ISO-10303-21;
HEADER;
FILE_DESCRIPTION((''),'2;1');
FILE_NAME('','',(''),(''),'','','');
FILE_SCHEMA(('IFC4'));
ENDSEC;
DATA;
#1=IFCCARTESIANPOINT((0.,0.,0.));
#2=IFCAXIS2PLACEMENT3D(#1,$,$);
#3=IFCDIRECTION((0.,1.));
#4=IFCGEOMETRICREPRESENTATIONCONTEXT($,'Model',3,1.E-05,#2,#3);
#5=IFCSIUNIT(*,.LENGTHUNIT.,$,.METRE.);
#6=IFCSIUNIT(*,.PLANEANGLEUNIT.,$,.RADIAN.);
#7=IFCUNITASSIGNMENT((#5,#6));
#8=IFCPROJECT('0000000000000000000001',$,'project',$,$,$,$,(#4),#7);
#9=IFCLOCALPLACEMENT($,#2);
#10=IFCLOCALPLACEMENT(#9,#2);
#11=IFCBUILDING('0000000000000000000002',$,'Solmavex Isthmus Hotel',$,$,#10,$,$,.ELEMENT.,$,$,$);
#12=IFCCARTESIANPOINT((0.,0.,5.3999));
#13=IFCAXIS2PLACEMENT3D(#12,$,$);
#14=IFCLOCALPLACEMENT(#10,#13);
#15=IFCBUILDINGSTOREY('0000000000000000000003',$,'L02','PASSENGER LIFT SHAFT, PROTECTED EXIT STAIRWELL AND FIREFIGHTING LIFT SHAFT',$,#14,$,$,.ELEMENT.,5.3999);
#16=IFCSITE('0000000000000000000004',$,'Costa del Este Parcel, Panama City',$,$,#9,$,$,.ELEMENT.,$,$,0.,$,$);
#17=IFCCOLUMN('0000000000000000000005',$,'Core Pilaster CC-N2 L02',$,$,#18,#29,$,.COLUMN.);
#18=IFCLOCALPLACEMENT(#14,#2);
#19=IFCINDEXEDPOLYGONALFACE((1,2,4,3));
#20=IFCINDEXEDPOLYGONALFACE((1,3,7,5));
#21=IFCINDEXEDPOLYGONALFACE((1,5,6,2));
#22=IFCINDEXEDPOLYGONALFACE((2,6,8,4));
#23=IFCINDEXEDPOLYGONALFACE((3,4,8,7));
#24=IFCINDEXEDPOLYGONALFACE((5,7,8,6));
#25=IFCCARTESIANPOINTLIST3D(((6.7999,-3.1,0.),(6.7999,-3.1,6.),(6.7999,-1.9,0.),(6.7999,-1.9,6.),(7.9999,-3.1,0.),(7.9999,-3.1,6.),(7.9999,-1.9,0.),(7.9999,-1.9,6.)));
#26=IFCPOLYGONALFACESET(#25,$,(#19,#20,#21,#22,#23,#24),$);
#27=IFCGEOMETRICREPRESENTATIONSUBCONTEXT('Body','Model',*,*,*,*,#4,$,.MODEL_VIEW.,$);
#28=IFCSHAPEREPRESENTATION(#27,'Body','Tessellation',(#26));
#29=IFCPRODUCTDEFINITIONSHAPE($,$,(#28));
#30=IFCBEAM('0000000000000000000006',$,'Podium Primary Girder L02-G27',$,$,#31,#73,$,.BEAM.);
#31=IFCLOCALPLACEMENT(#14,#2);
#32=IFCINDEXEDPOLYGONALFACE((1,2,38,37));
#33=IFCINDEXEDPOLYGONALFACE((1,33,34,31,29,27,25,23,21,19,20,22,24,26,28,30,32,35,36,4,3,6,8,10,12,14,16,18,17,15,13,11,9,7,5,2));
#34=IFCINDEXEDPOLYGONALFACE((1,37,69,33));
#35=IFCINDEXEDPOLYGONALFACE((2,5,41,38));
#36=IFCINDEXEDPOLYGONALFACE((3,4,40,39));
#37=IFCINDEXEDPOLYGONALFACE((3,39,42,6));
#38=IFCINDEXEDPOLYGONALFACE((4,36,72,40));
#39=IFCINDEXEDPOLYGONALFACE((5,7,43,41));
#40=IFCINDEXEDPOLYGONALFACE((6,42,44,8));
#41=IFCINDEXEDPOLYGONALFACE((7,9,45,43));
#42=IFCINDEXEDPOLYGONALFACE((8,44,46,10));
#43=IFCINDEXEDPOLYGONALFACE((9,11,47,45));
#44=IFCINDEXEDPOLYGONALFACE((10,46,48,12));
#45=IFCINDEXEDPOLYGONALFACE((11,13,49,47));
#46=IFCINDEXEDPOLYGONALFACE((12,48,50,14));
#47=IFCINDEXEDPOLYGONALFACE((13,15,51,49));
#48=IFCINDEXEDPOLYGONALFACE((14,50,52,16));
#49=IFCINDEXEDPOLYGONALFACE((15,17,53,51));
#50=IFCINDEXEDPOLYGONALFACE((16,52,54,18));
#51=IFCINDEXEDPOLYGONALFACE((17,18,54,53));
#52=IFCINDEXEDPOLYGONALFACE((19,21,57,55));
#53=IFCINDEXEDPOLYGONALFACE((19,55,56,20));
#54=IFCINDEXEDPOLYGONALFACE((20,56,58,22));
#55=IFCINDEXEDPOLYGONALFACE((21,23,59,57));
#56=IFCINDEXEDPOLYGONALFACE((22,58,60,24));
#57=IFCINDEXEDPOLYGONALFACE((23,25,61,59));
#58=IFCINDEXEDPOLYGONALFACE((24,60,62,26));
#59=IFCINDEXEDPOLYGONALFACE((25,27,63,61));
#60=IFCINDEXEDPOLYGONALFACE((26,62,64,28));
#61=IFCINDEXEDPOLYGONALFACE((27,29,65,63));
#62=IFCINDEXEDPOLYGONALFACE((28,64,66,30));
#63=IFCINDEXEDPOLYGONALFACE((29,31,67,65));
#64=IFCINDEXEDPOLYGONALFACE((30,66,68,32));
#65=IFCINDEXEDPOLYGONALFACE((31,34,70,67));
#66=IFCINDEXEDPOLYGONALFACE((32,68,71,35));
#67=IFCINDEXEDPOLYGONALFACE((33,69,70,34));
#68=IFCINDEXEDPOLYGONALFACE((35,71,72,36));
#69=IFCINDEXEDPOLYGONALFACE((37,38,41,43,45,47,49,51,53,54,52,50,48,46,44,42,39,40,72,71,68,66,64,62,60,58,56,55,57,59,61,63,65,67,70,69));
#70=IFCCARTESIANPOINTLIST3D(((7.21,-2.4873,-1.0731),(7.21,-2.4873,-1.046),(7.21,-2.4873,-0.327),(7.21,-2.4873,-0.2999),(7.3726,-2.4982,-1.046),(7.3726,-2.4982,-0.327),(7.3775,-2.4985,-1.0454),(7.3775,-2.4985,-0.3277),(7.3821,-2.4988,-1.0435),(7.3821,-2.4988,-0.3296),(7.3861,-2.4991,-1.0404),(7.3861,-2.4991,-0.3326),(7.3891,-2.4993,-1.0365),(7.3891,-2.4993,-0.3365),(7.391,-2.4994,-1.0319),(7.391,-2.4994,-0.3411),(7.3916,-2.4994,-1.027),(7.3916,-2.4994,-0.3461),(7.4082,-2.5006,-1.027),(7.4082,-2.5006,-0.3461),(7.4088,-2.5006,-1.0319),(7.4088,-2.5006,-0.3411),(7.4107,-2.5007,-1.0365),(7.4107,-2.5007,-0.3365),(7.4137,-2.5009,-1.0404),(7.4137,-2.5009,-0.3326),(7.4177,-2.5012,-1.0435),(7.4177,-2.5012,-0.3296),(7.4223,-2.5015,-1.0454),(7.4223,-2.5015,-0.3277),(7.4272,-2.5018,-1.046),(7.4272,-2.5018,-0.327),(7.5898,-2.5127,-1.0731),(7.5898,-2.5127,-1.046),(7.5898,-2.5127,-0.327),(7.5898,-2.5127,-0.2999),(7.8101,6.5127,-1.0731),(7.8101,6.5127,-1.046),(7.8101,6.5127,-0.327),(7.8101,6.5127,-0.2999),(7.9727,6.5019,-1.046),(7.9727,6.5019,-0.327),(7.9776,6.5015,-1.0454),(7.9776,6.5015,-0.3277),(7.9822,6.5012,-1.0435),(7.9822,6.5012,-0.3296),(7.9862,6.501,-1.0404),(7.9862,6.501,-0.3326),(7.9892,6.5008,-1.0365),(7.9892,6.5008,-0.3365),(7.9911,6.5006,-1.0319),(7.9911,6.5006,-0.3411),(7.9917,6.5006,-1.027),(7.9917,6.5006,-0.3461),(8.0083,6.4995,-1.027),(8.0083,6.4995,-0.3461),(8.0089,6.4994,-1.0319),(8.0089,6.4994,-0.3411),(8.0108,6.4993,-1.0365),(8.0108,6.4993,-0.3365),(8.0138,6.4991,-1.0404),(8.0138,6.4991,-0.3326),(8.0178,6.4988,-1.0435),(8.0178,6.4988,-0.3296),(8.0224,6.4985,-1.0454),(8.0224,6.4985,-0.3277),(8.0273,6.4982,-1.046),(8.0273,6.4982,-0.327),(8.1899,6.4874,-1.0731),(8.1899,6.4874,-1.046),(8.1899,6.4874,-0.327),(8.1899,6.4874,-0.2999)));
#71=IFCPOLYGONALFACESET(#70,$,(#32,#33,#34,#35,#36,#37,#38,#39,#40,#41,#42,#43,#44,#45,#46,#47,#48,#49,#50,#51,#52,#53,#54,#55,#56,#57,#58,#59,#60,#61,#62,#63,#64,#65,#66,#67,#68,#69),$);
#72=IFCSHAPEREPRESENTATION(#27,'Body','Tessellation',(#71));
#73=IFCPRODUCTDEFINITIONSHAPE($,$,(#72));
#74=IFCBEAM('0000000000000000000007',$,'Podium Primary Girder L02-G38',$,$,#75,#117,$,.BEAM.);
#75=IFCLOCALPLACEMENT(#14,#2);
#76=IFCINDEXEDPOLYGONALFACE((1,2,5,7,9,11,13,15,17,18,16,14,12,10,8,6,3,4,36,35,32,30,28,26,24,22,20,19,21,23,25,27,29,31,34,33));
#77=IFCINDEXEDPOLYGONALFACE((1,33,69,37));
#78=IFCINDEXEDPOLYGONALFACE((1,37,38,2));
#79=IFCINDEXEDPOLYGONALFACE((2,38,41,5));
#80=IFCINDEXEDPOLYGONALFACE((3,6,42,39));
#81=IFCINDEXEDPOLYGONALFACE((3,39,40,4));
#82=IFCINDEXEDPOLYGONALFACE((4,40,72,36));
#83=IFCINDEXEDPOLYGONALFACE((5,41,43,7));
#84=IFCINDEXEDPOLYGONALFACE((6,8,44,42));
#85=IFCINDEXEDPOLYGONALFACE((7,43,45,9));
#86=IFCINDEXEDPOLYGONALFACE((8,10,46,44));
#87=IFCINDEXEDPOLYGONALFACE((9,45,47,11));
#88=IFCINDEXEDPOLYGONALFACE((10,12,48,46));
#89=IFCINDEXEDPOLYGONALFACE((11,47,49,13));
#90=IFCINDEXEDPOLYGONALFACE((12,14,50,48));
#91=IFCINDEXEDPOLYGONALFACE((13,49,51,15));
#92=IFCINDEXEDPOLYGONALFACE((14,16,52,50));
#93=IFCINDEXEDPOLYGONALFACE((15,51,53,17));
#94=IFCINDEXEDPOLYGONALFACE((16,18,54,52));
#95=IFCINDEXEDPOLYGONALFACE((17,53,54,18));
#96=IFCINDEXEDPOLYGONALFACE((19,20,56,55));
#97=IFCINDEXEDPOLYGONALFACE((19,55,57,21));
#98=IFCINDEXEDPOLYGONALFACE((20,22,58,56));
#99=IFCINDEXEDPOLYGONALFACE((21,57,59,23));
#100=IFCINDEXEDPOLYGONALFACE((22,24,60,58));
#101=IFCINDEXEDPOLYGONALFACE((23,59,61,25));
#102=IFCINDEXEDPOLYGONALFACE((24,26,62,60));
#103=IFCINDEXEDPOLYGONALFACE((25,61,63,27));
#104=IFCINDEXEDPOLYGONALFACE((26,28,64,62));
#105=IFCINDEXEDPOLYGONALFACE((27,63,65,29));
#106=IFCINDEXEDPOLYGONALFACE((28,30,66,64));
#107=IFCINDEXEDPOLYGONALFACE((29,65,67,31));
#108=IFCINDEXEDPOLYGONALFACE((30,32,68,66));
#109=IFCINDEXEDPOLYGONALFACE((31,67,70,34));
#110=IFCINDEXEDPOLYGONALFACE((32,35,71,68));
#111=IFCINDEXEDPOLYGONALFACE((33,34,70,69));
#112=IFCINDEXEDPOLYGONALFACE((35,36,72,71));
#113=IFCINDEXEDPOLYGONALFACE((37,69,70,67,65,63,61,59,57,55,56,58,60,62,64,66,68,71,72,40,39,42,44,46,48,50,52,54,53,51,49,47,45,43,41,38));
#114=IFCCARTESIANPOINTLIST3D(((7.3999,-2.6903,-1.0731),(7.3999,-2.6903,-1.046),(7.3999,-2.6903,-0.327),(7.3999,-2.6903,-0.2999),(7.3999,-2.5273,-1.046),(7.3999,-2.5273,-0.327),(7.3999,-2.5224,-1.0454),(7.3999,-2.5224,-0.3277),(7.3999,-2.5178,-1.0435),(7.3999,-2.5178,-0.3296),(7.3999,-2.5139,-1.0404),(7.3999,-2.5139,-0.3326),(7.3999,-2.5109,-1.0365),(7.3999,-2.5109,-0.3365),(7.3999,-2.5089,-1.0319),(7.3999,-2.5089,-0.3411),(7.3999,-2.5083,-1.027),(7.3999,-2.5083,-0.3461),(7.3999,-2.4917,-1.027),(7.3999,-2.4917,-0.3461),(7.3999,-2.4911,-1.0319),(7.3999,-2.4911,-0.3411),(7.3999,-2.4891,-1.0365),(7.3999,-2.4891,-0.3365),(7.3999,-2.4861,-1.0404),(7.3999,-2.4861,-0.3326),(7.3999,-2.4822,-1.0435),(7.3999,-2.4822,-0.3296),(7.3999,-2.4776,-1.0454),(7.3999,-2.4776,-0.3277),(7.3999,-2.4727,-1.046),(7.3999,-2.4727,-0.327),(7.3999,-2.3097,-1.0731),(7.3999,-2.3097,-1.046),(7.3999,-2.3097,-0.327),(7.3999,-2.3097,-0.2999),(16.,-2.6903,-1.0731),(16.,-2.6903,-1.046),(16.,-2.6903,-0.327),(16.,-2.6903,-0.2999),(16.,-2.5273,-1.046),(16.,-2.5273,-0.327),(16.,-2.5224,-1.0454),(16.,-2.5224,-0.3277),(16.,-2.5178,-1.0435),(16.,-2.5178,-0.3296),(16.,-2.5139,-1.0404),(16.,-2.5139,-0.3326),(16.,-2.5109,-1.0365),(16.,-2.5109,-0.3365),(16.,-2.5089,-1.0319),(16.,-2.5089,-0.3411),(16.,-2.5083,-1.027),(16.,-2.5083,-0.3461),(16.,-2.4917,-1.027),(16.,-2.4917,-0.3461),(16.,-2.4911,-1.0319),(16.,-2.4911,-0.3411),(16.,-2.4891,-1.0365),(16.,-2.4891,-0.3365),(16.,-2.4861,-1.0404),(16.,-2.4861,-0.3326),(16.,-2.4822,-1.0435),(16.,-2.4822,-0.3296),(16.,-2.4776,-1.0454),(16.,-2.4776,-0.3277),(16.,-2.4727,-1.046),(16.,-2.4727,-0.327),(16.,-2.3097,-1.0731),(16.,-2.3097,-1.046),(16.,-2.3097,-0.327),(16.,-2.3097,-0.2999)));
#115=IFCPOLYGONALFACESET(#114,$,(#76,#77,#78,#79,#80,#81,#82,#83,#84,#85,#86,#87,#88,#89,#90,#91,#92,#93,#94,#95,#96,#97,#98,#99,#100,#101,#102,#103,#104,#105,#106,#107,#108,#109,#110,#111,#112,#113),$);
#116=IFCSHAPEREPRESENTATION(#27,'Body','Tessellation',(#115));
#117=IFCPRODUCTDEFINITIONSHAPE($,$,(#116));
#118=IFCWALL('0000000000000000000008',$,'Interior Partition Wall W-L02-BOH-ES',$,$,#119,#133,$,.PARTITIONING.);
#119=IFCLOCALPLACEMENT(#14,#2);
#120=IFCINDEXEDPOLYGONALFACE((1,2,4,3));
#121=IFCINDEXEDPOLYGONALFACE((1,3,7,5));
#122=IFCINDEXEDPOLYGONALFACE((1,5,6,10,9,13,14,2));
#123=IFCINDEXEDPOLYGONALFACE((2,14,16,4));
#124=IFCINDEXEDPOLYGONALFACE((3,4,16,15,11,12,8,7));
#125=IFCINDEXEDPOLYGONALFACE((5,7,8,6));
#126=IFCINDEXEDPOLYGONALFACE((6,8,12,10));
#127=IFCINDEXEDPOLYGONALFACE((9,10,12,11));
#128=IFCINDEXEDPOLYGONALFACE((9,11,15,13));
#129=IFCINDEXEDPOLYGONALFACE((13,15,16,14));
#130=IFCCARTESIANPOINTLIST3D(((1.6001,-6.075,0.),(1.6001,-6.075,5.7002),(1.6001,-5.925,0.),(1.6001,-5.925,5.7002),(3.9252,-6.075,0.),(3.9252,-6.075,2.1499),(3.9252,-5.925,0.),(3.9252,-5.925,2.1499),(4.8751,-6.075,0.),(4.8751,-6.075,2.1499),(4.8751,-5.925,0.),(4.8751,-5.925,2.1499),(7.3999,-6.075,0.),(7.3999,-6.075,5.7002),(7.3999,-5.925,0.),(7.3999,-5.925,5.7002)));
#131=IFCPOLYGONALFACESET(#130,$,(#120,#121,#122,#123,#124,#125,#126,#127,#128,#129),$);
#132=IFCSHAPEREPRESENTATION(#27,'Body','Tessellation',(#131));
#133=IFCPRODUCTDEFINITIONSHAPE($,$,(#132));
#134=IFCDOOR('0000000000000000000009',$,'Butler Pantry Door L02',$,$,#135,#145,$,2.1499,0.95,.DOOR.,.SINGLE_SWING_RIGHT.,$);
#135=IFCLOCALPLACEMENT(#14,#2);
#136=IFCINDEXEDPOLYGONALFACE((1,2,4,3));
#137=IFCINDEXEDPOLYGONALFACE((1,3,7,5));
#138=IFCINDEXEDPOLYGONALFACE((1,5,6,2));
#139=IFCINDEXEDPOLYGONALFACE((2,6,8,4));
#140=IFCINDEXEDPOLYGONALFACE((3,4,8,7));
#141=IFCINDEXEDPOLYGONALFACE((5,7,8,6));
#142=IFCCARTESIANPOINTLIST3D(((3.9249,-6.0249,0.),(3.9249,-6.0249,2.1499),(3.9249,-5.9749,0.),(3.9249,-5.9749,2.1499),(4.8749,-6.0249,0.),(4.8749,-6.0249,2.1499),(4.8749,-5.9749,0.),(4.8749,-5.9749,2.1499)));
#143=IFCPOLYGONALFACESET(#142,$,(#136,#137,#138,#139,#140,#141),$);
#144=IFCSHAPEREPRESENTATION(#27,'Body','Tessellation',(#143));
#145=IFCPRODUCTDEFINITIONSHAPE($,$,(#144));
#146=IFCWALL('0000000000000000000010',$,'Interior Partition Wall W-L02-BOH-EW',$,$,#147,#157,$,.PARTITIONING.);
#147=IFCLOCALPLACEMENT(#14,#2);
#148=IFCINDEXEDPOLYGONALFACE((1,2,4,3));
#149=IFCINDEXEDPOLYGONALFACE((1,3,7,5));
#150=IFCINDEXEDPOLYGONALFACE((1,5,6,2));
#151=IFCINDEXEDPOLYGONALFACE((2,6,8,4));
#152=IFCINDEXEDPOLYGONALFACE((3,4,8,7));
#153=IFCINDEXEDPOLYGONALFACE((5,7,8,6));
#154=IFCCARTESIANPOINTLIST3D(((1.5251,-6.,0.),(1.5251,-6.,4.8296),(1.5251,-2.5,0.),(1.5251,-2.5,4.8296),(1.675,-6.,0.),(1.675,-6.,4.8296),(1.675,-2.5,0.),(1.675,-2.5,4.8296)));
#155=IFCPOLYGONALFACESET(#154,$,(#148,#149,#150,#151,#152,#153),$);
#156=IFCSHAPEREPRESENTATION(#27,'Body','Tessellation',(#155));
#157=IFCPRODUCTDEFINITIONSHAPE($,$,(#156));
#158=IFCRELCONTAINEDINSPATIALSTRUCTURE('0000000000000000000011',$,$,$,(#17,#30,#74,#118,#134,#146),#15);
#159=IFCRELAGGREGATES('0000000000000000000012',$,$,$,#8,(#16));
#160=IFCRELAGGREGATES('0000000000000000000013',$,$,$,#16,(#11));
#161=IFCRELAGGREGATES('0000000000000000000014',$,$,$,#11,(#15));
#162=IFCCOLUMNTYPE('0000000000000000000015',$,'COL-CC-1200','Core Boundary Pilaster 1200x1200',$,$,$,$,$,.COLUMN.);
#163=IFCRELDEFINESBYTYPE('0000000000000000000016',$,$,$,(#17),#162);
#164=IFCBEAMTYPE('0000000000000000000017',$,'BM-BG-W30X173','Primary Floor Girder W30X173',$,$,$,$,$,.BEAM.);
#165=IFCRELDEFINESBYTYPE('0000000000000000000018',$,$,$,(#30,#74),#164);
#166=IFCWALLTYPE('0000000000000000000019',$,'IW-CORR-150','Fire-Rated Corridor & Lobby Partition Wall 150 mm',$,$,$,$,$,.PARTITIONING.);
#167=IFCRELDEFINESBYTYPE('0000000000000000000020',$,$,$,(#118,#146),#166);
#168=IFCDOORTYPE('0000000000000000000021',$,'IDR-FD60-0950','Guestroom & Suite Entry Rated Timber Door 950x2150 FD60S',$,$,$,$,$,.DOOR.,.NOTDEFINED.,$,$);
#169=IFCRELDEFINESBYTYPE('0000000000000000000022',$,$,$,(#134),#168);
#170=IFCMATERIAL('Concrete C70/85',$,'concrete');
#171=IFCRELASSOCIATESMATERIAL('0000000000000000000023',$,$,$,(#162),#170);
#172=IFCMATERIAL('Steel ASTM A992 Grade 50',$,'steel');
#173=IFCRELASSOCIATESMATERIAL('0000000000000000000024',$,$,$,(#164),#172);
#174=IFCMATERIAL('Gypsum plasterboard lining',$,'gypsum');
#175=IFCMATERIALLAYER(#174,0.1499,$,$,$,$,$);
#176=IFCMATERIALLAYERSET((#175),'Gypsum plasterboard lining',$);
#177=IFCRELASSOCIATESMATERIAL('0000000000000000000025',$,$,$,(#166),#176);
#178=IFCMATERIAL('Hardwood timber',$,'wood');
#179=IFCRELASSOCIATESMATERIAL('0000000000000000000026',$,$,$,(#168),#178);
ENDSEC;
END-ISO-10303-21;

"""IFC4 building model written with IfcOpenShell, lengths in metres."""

from ifc_helpers import new_model, si_unit, direction, frame, frame_2d, origin, origin_2d, place, context, subcontext, project, spatial, rectangle, i_section, extrude, material, layer, layer_set, material_profile, profile_set, type_object, element, fill, save


model = new_model("IFC4")

# Units and contexts
model_context = context("Model", 3, precision=1e-05, world=origin(), true_north=direction((0.0, 1.0)))
body_context = subcontext(model_context, "Body", "Model", "MODEL_VIEW")
ifc_project = project(units=[si_unit("LENGTHUNIT", "METRE"), si_unit("PLANEANGLEUNIT", "RADIAN")], contexts=[model_context])

# Site, building, storey
site_placement = place(None, origin())
site = spatial("IfcSite", under=ifc_project, at=site_placement, Name="Costa del Este Parcel, Panama City", CompositionType="ELEMENT", RefElevation=0.0)
building_placement = place(site_placement, origin())
building = spatial("IfcBuilding", under=site, at=building_placement, Name="Solmavex Isthmus Hotel", CompositionType="ELEMENT")
storey_placement = place(building_placement, frame((0.0, 0.0, 5.3999)))
storey = spatial("IfcBuildingStorey", under=building, at=storey_placement, Name="L02", Description="PASSENGER LIFT SHAFT, PROTECTED EXIT STAIRWELL AND FIREFIGHTING LIFT SHAFT", CompositionType="ELEMENT", Elevation=5.3999)

# Column
ifc_material_1 = material(Name="Concrete C70/85", Category="concrete")
ifc_material_profile_1 = material_profile(ifc_material_1, rectangle(XDim=1.2, YDim=1.2, at=origin_2d()), Name="RC1200X1200")
ifc_profile_set_1 = profile_set([ifc_material_profile_1], Name="Concrete C70/85")
column_type = type_object("IfcColumnType", Name="COL-CC-1200", Description="Core Boundary Pilaster 1200x1200", PredefinedType="COLUMN", material=ifc_profile_set_1)
column_placement = place(storey_placement, frame((7.3999, -2.5, 0.0), z_axis=(0.0, 0.0, 1.0), x_axis=(1.0, 0.0, 0.0)))
element("IfcColumn", 1, at=column_placement, inside=storey, type_object=column_type, Name="Core Pilaster CC-N2 L02", PredefinedType="COLUMN", context=body_context, shape_type="SweptSolid", body=[
    extrude(rectangle(XDim=1.2, YDim=1.2, at=origin_2d()), origin(), (0.0, 0.0, 1.0), 6.0),
])

# Beams
ifc_material_2 = material(Name="Steel ASTM A992 Grade 50", Category="steel")
ifc_material_profile_2 = material_profile(ifc_material_2, i_section(OverallWidth=0.3806, OverallDepth=0.7732, WebThickness=0.0166, FlangeThickness=0.0271, FilletRadius=0.019, at=origin_2d()), Name="W30X173")
ifc_profile_set_2 = profile_set([ifc_material_profile_2], Name="Steel ASTM A992 Grade 50")
beam_type = type_object("IfcBeamType", Name="BM-BG-W30X173", Description="Primary Floor Girder W30X173", PredefinedType="BEAM", material=ifc_profile_set_2)
beam_1_placement = place(storey_placement, frame((7.3999, -2.5, -0.6865), z_axis=(0.06653, 0.997784, 0.0), x_axis=(-0.997784, 0.06653, 0.0)))
element("IfcBeam", 2, at=beam_1_placement, inside=storey, type_object=beam_type, Name="Podium Primary Girder L02-G27", PredefinedType="BEAM", context=body_context, shape_type="SweptSolid", body=[
    extrude(i_section(OverallWidth=0.3806, OverallDepth=0.7732, WebThickness=0.0166, FlangeThickness=0.0271, FilletRadius=0.019, at=origin_2d()), origin(), (0.0, 0.0, 1.0), 9.02),
])
beam_2_placement = place(storey_placement, frame((7.3999, -2.5, -0.6865), z_axis=(1.0, 0.0, 0.0), x_axis=(0.0, 1.0, 0.0)))
element("IfcBeam", 3, at=beam_2_placement, inside=storey, type_object=beam_type, Name="Podium Primary Girder L02-G38", PredefinedType="BEAM", context=body_context, shape_type="SweptSolid", body=[
    extrude(i_section(OverallWidth=0.3806, OverallDepth=0.7732, WebThickness=0.0166, FlangeThickness=0.0271, FilletRadius=0.019, at=origin_2d()), origin(), (0.0, 0.0, 1.0), 8.6001),
])

# Wall, opening, door
ifc_material_3 = material(Name="Gypsum plasterboard lining", Category="gypsum")
ifc_layer_1 = layer(ifc_material_3, 0.1499)
ifc_layer_set_1 = layer_set([ifc_layer_1], Name="Gypsum plasterboard lining")
wall_type_1 = type_object("IfcWallType", Name="IW-CORR-150", Description="Fire-Rated Corridor & Lobby Partition Wall 150 mm", PredefinedType="PARTITIONING", material=ifc_layer_set_1)
wall_1_placement = place(storey_placement, frame((1.6001, -6.0, 0.0), z_axis=(0.0, 0.0, 1.0), x_axis=(1.0, 0.0, 0.0)))
wall_1 = element("IfcWall", 4, at=wall_1_placement, inside=storey, type_object=wall_type_1, Name="Interior Partition Wall W-L02-BOH-ES", PredefinedType="PARTITIONING", context=body_context, shape_type="SweptSolid", body=[
    extrude(rectangle(XDim=5.7998, YDim=0.1499, at=frame_2d((2.8999, 0.0))), origin(), (0.0, 0.0, 1.0), 5.7002),
])
opening_1_placement = place(wall_1_placement, frame((2.325, 0.0, 0.0)))
opening_1 = element("IfcOpeningElement", 5, at=opening_1_placement, cuts=wall_1, PredefinedType="OPENING", context=body_context, shape_type="SweptSolid", body=[
    extrude(rectangle(XDim=0.95, YDim=2.1499, at=frame_2d((0.4751, 1.075))), frame((0.0, 0.085, 0.0), z_axis=(0.0, -1.0, 0.0), x_axis=(1.0, 0.0, 0.0)), (0.0, 0.0, 1.0), 0.1699),
])
ifc_material_4 = material(Name="Hardwood timber", Category="wood")
door_type_1 = type_object("IfcDoorType", Name="IDR-FD60-0950", Description="Guestroom & Suite Entry Rated Timber Door 950x2150 FD60S", OperationType="NOTDEFINED", PredefinedType="DOOR", material=ifc_material_4)
door_1_placement = place(opening_1_placement, frame((0.95, 0.0, 0.0), z_axis=(0.0, 0.0, 1.0), x_axis=(-1.0, 0.0, 0.0)))
door_1 = element("IfcDoor", 6, at=door_1_placement, inside=storey, type_object=door_type_1, Name="Butler Pantry Door L02", OperationType="SINGLE_SWING_RIGHT", OverallHeight=2.1499, OverallWidth=0.95, PredefinedType="DOOR", context=body_context, shape_type="SweptSolid", body=[
    extrude(rectangle(XDim=0.95, YDim=2.1499, at=frame_2d((0.4751, 1.075))), frame((0.0, 0.0249, 0.0), z_axis=(0.0, -1.0, 0.0), x_axis=(1.0, 0.0, 0.0)), (0.0, 0.0, 1.0), 0.05),
])
fill(opening_1, door_1)

# Wall
wall_2_placement = place(storey_placement, frame((1.6001, -6.0, 0.0), z_axis=(0.0, 0.0, 1.0), x_axis=(0.0, 1.0, 0.0)))
element("IfcWall", 7, at=wall_2_placement, inside=storey, type_object=wall_type_1, Name="Interior Partition Wall W-L02-BOH-EW", PredefinedType="PARTITIONING", context=body_context, shape_type="SweptSolid", body=[
    extrude(rectangle(XDim=3.5, YDim=0.1499, at=frame_2d((1.75, 0.0))), origin(), (0.0, 0.0, 1.0), 4.8296),
])

save(model, "model.ifc")
